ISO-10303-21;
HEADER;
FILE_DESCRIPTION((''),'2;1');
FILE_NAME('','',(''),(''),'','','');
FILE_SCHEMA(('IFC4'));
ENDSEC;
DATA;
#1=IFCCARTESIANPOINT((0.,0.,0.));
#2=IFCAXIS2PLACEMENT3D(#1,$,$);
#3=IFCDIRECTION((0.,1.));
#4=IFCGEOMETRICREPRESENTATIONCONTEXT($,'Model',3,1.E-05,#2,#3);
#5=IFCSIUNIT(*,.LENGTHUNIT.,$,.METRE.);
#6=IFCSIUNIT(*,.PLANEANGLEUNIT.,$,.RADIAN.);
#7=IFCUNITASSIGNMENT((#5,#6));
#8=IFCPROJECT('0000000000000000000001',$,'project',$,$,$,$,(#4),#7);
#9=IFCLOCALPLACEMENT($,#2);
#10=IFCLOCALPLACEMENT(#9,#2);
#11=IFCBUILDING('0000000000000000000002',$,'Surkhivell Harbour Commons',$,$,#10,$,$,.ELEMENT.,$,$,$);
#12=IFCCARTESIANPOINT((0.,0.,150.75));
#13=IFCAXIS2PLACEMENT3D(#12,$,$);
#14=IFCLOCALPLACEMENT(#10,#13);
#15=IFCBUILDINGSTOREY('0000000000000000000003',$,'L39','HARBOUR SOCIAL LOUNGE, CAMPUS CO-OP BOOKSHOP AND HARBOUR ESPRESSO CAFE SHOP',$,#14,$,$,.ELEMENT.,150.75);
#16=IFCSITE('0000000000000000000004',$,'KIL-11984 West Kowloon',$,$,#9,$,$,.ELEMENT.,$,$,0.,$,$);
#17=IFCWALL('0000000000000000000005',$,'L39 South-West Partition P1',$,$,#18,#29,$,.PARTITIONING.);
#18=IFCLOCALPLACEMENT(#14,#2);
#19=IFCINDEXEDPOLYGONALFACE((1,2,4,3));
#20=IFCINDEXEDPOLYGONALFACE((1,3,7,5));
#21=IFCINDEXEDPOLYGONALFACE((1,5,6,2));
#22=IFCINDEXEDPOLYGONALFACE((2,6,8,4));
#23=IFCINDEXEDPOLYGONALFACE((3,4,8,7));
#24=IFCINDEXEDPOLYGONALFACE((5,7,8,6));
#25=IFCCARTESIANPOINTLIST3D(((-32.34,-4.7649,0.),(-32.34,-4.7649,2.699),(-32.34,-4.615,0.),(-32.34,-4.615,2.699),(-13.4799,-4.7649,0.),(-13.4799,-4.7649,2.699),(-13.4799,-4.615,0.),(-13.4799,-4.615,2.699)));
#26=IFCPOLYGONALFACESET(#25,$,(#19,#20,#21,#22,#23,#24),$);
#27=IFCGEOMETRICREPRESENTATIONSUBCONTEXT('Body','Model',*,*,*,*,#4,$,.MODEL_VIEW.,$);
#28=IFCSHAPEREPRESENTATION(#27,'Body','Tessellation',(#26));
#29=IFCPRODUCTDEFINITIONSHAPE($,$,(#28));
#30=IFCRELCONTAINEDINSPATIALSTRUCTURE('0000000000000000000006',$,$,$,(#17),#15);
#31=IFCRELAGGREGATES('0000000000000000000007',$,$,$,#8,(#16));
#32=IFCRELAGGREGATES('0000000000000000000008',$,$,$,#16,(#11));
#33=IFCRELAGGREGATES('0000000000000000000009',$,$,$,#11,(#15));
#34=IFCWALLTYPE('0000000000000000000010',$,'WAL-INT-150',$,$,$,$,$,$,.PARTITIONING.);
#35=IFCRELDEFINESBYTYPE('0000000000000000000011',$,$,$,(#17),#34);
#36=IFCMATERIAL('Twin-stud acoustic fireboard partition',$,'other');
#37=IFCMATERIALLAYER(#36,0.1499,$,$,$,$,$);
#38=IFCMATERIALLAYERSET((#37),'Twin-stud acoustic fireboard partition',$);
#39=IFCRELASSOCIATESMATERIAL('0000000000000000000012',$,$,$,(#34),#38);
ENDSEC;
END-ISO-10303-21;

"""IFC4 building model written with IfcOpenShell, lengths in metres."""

from ifc_helpers import new_model, si_unit, direction, frame, frame_2d, origin, place, context, subcontext, project, spatial, rectangle, extrude, material, layer, layer_set, type_object, element, save


model = new_model("IFC4")

# Units and contexts
model_context = context("Model", 3, precision=1e-05, world=origin(), true_north=direction((0.0, 1.0)))
body_context = subcontext(model_context, "Body", "Model", "MODEL_VIEW")
ifc_project = project(units=[si_unit("LENGTHUNIT", "METRE"), si_unit("PLANEANGLEUNIT", "RADIAN")], contexts=[model_context])

# Site, building, storey
site_placement = place(None, origin())
site = spatial("IfcSite", under=ifc_project, at=site_placement, Name="KIL-11984 West Kowloon", CompositionType="ELEMENT", RefElevation=0.0)
building_placement = place(site_placement, origin())
building = spatial("IfcBuilding", under=site, at=building_placement, Name="Surkhivell Harbour Commons", CompositionType="ELEMENT")
storey_placement = place(building_placement, frame((0.0, 0.0, 150.75)))
storey = spatial("IfcBuildingStorey", under=building, at=storey_placement, Name="L39", Description="HARBOUR SOCIAL LOUNGE, CAMPUS CO-OP BOOKSHOP AND HARBOUR ESPRESSO CAFE SHOP", CompositionType="ELEMENT", Elevation=150.75)

# Wall
ifc_material_1 = material(Name="Twin-stud acoustic fireboard partition", Category="other")
ifc_layer_1 = layer(ifc_material_1, 0.1499)
ifc_layer_set_1 = layer_set([ifc_layer_1], Name="Twin-stud acoustic fireboard partition")
wall_type_1 = type_object("IfcWallType", Name="WAL-INT-150", PredefinedType="PARTITIONING", material=ifc_layer_set_1)
wall_1_placement = place(storey_placement, frame((-32.3401, -4.6899, 0.0), z_axis=(0.0, 0.0, 1.0), x_axis=(1.0, 0.0, 0.0)))
element("IfcWall", 1, at=wall_1_placement, inside=storey, type_object=wall_type_1, Name="L39 South-West Partition P1", PredefinedType="PARTITIONING", context=body_context, shape_type="SweptSolid", body=[
    extrude(rectangle(XDim=18.8601, YDim=0.1499, at=frame_2d((9.4302, 0.0))), origin(), (0.0, 0.0, 1.0), 2.699),
])

save(model, "model.ifc")
